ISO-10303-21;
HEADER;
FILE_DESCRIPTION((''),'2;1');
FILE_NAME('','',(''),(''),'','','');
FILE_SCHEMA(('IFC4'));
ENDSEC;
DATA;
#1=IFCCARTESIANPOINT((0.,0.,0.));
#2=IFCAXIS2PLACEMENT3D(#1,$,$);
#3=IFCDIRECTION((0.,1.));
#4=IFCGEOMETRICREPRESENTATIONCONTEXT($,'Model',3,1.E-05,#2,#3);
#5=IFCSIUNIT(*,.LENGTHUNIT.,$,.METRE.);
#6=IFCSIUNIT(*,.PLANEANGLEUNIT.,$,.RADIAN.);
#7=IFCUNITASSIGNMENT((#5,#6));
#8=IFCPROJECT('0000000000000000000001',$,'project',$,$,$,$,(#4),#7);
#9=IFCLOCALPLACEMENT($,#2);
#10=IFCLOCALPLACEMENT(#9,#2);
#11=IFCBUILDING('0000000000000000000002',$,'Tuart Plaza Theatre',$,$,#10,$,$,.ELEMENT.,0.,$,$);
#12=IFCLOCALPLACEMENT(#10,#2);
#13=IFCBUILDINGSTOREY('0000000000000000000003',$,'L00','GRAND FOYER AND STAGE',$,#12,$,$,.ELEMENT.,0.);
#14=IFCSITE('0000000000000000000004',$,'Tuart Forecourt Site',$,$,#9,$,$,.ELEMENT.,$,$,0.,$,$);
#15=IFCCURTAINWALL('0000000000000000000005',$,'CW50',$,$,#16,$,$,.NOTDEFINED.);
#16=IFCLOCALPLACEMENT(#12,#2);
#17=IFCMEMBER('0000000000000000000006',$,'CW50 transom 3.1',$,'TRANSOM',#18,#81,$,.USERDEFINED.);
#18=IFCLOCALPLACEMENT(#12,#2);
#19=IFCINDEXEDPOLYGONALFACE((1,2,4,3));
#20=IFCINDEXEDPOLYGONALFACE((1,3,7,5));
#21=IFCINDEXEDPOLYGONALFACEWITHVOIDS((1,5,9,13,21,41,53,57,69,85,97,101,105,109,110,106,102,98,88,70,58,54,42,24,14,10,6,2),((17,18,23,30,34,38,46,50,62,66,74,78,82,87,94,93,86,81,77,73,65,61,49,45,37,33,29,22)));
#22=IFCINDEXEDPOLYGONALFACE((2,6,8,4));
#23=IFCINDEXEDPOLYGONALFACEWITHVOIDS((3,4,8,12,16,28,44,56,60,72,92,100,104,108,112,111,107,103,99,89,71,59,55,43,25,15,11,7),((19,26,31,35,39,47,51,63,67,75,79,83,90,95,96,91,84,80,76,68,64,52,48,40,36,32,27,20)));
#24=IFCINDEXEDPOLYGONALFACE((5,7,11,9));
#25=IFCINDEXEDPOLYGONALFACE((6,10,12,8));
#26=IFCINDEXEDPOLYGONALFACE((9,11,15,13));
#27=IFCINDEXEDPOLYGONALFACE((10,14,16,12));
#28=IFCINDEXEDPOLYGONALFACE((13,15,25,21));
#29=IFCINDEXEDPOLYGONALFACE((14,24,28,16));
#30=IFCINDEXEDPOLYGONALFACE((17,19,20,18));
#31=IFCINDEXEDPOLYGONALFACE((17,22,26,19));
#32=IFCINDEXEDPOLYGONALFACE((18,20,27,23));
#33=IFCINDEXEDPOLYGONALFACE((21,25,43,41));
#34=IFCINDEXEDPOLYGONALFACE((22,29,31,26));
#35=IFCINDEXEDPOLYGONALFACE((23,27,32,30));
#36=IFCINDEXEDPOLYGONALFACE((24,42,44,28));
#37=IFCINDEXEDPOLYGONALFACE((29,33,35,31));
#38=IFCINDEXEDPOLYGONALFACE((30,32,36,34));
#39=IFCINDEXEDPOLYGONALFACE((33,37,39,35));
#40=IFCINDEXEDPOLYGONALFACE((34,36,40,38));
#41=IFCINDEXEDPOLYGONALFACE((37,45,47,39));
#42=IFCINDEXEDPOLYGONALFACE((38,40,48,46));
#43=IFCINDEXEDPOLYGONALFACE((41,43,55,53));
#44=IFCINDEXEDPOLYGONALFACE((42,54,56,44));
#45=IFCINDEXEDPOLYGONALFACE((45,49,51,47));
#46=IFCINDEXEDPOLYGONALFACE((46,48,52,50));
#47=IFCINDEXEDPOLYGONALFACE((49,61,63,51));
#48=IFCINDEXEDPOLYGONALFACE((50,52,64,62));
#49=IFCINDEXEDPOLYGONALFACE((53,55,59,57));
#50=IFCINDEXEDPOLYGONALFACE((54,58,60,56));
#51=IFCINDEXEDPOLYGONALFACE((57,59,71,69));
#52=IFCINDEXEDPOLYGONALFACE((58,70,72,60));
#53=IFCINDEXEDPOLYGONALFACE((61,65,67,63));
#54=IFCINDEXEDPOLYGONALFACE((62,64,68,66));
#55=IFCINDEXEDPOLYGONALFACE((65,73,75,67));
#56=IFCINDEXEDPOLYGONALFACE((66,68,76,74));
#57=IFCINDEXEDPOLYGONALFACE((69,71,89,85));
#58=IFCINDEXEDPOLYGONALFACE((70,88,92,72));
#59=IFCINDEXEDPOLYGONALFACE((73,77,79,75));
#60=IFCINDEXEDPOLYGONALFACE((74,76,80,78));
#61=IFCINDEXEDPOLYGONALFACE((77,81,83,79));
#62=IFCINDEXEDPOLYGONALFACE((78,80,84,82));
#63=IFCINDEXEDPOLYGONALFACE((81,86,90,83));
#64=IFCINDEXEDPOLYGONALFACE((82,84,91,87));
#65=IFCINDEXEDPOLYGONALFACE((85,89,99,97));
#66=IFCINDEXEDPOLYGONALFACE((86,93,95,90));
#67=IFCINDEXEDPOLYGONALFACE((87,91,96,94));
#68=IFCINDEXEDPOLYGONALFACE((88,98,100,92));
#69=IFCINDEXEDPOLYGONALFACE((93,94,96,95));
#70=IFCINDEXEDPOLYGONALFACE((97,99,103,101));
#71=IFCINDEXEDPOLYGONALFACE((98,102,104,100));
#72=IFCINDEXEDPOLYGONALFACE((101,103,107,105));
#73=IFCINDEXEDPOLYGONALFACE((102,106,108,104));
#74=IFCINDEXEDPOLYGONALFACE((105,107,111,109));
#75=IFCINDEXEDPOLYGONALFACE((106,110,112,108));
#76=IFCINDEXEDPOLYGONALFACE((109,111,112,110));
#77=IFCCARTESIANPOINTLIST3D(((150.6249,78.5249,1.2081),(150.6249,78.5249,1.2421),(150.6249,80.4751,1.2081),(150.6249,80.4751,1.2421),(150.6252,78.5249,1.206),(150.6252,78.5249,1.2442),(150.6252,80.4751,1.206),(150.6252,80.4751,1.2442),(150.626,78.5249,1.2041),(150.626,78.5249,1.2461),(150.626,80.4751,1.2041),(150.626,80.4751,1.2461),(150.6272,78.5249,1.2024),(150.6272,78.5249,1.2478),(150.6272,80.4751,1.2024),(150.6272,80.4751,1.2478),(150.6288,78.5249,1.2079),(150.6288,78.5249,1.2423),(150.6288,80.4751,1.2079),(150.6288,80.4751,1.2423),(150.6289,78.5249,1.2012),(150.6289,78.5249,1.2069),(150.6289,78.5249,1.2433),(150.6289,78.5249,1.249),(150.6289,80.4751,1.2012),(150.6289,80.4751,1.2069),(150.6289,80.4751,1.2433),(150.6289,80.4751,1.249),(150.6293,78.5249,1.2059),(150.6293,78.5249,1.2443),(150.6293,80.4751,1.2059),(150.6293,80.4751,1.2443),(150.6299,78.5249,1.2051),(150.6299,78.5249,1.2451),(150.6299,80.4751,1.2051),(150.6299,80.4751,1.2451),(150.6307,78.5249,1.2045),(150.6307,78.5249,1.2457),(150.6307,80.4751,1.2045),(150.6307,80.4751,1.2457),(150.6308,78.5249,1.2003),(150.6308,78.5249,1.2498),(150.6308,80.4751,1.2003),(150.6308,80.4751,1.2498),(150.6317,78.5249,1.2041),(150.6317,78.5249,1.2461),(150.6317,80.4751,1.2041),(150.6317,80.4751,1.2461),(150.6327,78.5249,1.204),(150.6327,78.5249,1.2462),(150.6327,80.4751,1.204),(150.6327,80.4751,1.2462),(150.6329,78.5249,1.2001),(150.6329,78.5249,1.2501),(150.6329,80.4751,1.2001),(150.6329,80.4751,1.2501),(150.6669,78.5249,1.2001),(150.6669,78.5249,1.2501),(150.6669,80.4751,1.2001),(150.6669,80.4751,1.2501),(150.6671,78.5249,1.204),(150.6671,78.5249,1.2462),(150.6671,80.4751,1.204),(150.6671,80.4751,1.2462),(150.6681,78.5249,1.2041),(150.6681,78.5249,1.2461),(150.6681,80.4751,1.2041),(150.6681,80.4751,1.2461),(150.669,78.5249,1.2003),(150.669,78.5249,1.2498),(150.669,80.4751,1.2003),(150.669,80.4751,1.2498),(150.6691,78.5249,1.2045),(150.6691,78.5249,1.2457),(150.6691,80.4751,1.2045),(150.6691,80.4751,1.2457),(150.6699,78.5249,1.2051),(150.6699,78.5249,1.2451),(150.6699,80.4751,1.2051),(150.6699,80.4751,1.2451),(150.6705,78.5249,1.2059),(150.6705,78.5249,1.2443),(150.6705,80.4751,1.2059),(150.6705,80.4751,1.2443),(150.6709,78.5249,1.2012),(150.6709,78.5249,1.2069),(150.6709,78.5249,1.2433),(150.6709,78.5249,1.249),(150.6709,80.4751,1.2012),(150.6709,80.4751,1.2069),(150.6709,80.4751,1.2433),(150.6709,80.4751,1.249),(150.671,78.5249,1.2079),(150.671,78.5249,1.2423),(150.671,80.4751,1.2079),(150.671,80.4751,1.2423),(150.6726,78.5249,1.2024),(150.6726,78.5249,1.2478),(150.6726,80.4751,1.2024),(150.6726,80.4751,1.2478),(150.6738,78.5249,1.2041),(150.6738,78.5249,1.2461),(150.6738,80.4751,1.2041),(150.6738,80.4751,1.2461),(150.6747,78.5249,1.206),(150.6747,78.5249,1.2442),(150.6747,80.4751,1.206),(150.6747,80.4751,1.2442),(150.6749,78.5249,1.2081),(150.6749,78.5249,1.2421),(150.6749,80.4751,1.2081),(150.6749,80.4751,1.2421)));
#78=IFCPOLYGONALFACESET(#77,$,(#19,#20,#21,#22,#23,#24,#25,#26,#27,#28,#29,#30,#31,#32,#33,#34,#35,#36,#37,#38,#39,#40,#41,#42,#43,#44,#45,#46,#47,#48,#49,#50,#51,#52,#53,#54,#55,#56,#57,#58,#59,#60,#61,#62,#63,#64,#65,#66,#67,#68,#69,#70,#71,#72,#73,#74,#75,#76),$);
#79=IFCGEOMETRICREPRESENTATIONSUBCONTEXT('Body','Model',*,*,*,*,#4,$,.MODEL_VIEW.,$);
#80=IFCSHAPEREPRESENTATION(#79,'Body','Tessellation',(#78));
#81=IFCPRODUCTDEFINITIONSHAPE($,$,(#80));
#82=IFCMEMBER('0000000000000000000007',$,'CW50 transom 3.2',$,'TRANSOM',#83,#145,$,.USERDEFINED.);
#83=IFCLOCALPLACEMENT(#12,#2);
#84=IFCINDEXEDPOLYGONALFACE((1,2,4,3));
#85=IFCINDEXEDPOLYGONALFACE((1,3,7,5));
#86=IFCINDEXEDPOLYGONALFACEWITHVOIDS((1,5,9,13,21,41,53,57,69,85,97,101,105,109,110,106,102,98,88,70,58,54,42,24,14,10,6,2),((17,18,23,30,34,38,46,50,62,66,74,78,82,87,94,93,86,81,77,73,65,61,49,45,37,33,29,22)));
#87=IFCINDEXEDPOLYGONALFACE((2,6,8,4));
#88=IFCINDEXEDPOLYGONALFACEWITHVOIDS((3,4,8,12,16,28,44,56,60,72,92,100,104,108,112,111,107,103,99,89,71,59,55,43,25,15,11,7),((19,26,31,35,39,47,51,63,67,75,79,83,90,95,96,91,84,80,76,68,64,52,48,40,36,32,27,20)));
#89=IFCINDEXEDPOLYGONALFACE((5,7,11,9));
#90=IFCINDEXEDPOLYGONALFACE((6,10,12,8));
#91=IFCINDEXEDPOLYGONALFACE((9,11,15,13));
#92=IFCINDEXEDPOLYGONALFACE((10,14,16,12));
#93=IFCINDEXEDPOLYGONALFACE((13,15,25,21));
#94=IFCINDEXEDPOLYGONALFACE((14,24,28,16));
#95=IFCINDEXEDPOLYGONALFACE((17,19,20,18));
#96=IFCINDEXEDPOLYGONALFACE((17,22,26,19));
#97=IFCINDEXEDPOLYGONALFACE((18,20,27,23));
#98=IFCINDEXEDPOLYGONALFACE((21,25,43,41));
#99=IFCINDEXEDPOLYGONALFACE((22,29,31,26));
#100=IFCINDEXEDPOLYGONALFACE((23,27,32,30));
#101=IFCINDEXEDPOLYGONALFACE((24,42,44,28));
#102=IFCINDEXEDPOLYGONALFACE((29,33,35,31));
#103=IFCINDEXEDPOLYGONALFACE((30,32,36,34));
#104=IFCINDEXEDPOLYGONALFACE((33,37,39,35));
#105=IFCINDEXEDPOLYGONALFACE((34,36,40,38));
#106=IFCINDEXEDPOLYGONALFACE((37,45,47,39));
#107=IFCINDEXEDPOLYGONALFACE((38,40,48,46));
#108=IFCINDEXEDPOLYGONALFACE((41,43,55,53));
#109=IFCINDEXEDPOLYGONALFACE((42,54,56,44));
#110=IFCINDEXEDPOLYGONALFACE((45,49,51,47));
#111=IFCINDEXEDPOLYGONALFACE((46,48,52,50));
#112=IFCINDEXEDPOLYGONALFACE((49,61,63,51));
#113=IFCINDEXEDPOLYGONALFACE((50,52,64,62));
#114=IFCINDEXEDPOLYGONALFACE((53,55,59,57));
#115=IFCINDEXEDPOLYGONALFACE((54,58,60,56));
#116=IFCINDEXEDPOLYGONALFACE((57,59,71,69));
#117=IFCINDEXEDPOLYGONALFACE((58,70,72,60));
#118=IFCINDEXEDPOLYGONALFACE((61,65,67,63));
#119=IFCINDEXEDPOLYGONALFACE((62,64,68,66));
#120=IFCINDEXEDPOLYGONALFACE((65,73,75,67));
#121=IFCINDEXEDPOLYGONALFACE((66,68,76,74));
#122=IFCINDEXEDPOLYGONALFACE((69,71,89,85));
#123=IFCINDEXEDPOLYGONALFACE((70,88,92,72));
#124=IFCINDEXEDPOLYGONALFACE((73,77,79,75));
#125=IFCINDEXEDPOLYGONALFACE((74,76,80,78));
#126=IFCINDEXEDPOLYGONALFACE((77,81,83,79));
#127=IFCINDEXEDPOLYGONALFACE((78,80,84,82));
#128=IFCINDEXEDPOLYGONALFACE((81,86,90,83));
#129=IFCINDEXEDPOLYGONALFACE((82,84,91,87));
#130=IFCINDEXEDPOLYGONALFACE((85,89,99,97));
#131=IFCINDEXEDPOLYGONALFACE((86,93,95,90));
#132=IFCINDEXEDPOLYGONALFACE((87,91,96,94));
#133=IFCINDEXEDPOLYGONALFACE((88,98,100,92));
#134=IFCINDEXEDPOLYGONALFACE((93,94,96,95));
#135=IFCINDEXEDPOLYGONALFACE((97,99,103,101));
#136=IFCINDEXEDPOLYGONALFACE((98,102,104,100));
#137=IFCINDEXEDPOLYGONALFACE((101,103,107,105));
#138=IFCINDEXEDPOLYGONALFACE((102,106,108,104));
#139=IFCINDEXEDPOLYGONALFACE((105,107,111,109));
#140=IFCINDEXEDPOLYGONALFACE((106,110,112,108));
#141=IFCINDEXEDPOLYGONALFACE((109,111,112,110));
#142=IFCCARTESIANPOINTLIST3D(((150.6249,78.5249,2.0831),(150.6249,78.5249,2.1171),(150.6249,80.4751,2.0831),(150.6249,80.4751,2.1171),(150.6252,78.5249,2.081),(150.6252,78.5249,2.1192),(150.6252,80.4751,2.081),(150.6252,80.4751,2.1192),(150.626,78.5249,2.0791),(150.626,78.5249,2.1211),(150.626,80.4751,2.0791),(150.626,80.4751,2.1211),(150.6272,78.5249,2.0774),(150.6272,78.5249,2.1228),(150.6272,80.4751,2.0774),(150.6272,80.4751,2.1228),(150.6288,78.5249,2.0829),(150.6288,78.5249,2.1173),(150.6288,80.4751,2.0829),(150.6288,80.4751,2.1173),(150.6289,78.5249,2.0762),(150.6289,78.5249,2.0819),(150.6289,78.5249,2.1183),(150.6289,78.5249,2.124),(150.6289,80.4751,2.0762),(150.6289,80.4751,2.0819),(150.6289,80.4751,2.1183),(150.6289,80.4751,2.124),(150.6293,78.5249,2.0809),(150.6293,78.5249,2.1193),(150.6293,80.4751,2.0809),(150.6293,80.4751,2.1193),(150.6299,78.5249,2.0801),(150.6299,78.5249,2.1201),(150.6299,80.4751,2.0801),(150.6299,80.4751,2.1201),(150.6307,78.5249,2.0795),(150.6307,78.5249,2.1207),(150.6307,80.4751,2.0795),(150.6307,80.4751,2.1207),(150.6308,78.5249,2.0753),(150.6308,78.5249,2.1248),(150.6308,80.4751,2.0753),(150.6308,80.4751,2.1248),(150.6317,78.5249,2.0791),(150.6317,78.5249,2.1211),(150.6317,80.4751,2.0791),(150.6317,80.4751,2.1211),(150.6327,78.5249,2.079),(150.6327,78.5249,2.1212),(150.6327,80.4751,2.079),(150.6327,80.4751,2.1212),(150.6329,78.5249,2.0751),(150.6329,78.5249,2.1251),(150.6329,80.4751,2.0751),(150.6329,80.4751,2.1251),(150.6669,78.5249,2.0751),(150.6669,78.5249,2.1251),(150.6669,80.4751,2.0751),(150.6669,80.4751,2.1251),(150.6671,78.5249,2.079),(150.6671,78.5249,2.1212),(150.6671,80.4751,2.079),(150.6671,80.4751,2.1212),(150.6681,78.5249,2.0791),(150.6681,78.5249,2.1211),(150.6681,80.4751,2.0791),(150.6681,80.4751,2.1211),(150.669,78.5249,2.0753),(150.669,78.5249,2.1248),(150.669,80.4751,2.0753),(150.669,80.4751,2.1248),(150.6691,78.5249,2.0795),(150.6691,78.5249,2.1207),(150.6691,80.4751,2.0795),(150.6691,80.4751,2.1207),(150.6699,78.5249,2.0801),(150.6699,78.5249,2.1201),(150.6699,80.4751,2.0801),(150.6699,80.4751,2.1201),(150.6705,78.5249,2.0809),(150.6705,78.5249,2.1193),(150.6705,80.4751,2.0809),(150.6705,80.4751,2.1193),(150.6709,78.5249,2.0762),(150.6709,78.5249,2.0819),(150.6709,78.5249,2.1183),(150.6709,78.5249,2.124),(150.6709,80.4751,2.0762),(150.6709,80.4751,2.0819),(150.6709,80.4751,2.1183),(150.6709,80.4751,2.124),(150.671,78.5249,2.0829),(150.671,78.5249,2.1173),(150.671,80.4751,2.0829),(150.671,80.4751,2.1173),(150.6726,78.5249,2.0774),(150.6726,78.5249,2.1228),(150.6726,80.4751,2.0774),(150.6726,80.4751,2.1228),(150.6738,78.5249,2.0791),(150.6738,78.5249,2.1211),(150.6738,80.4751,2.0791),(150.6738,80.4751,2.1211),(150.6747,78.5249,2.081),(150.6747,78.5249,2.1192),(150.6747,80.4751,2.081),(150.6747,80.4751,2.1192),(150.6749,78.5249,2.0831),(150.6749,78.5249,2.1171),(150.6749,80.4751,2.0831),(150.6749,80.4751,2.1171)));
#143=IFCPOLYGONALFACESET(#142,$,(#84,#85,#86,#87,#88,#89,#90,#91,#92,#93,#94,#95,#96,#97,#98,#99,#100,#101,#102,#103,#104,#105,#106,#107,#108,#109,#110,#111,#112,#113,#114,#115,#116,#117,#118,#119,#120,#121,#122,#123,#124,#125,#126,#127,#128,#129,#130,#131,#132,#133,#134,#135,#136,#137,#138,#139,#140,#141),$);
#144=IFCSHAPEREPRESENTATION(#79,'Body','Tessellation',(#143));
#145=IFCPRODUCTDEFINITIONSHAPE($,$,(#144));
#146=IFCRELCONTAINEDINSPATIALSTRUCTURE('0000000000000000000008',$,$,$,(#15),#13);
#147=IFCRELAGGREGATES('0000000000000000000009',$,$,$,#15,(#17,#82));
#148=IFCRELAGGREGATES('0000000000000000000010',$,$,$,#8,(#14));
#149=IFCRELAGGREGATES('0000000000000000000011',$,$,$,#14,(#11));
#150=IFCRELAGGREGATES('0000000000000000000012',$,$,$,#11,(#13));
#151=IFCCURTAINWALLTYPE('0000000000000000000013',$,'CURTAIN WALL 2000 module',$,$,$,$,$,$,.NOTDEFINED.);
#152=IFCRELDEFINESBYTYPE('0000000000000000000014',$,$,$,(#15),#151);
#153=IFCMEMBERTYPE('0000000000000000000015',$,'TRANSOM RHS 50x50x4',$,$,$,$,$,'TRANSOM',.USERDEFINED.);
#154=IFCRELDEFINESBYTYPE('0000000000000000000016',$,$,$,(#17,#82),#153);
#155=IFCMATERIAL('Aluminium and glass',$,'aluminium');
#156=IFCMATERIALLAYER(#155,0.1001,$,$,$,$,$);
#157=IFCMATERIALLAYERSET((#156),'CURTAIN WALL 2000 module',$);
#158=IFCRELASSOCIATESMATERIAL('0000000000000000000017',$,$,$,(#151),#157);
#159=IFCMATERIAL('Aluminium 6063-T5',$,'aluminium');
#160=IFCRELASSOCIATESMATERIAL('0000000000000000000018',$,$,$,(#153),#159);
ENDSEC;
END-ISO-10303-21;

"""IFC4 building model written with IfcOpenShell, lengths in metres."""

from ifc_helpers import new_model, si_unit, direction, frame, origin, origin_2d, place, context, subcontext, project, spatial, hollow_rectangle, extrude, material, layer, layer_set, material_profile, profile_set, type_object, element, aggregate, save


model = new_model("IFC4")

# Units and contexts
model_context = context("Model", 3, precision=1e-05, world=origin(), true_north=direction((0.0, 1.0)))
body_context = subcontext(model_context, "Body", "Model", "MODEL_VIEW")
ifc_project = project(units=[si_unit("LENGTHUNIT", "METRE"), si_unit("PLANEANGLEUNIT", "RADIAN")], contexts=[model_context])

# Site, building, storey
site_placement = place(None, origin())
site = spatial("IfcSite", under=ifc_project, at=site_placement, Name="Tuart Forecourt Site", CompositionType="ELEMENT", RefElevation=0.0)
building_placement = place(site_placement, origin())
building = spatial("IfcBuilding", under=site, at=building_placement, Name="Tuart Plaza Theatre", CompositionType="ELEMENT", ElevationOfRefHeight=0.0)
storey_placement = place(building_placement, origin())
storey = spatial("IfcBuildingStorey", under=building, at=storey_placement, Name="L00", Description="GRAND FOYER AND STAGE", CompositionType="ELEMENT", Elevation=0.0)

# Curtain wall, members
ifc_material_1 = material(Name="Aluminium and glass", Category="aluminium")
ifc_layer_1 = layer(ifc_material_1, 0.1001)
ifc_layer_set_1 = layer_set([ifc_layer_1], Name="CURTAIN WALL 2000 module")
curtain_wall_type = type_object("IfcCurtainWallType", Name="CURTAIN WALL 2000 module", PredefinedType="NOTDEFINED", material=ifc_layer_set_1)
curtain_wall_placement = place(storey_placement, origin())
curtain_wall = element("IfcCurtainWall", 1, at=curtain_wall_placement, inside=storey, type_object=curtain_wall_type, Name="CW50", PredefinedType="NOTDEFINED")
ifc_material_2 = material(Name="Aluminium 6063-T5", Category="aluminium")
ifc_material_profile_1 = material_profile(ifc_material_2, hollow_rectangle(XDim=0.05, YDim=0.05, WallThickness=0.0039, InnerFilletRadius=0.0039, OuterFilletRadius=0.0081, at=origin_2d()), Name="RHS 50x50x4")
ifc_profile_set_1 = profile_set([ifc_material_profile_1], Name="Aluminium 6063-T5")
member_type_1 = type_object("IfcMemberType", Name="TRANSOM RHS 50x50x4", ElementType="TRANSOM", PredefinedType="USERDEFINED", material=ifc_profile_set_1)
member_1_placement = place(storey_placement, frame((150.6499, 78.5249, 1.2251), z_axis=(0.0, 1.0, 0.0), x_axis=(-1.0, 0.0, 0.0)))
member_1 = element("IfcMember", 2, at=member_1_placement, type_object=member_type_1, Name="CW50 transom 3.1", ObjectType="TRANSOM", PredefinedType="USERDEFINED", context=body_context, shape_type="SweptSolid", body=[
    extrude(hollow_rectangle(XDim=0.05, YDim=0.05, WallThickness=0.0039, InnerFilletRadius=0.0039, OuterFilletRadius=0.0081, at=origin_2d()), origin(), (0.0, 0.0, 1.0), 1.9502),
])
member_2_placement = place(storey_placement, frame((150.6499, 78.5249, 2.1001), z_axis=(0.0, 1.0, 0.0), x_axis=(-1.0, 0.0, 0.0)))
member_2 = element("IfcMember", 3, at=member_2_placement, type_object=member_type_1, Name="CW50 transom 3.2", ObjectType="TRANSOM", PredefinedType="USERDEFINED", context=body_context, shape_type="SweptSolid", body=[
    extrude(hollow_rectangle(XDim=0.05, YDim=0.05, WallThickness=0.0039, InnerFilletRadius=0.0039, OuterFilletRadius=0.0081, at=origin_2d()), origin(), (0.0, 0.0, 1.0), 1.9502),
])
aggregate(curtain_wall, [member_1, member_2])

save(model, "model.ifc")
